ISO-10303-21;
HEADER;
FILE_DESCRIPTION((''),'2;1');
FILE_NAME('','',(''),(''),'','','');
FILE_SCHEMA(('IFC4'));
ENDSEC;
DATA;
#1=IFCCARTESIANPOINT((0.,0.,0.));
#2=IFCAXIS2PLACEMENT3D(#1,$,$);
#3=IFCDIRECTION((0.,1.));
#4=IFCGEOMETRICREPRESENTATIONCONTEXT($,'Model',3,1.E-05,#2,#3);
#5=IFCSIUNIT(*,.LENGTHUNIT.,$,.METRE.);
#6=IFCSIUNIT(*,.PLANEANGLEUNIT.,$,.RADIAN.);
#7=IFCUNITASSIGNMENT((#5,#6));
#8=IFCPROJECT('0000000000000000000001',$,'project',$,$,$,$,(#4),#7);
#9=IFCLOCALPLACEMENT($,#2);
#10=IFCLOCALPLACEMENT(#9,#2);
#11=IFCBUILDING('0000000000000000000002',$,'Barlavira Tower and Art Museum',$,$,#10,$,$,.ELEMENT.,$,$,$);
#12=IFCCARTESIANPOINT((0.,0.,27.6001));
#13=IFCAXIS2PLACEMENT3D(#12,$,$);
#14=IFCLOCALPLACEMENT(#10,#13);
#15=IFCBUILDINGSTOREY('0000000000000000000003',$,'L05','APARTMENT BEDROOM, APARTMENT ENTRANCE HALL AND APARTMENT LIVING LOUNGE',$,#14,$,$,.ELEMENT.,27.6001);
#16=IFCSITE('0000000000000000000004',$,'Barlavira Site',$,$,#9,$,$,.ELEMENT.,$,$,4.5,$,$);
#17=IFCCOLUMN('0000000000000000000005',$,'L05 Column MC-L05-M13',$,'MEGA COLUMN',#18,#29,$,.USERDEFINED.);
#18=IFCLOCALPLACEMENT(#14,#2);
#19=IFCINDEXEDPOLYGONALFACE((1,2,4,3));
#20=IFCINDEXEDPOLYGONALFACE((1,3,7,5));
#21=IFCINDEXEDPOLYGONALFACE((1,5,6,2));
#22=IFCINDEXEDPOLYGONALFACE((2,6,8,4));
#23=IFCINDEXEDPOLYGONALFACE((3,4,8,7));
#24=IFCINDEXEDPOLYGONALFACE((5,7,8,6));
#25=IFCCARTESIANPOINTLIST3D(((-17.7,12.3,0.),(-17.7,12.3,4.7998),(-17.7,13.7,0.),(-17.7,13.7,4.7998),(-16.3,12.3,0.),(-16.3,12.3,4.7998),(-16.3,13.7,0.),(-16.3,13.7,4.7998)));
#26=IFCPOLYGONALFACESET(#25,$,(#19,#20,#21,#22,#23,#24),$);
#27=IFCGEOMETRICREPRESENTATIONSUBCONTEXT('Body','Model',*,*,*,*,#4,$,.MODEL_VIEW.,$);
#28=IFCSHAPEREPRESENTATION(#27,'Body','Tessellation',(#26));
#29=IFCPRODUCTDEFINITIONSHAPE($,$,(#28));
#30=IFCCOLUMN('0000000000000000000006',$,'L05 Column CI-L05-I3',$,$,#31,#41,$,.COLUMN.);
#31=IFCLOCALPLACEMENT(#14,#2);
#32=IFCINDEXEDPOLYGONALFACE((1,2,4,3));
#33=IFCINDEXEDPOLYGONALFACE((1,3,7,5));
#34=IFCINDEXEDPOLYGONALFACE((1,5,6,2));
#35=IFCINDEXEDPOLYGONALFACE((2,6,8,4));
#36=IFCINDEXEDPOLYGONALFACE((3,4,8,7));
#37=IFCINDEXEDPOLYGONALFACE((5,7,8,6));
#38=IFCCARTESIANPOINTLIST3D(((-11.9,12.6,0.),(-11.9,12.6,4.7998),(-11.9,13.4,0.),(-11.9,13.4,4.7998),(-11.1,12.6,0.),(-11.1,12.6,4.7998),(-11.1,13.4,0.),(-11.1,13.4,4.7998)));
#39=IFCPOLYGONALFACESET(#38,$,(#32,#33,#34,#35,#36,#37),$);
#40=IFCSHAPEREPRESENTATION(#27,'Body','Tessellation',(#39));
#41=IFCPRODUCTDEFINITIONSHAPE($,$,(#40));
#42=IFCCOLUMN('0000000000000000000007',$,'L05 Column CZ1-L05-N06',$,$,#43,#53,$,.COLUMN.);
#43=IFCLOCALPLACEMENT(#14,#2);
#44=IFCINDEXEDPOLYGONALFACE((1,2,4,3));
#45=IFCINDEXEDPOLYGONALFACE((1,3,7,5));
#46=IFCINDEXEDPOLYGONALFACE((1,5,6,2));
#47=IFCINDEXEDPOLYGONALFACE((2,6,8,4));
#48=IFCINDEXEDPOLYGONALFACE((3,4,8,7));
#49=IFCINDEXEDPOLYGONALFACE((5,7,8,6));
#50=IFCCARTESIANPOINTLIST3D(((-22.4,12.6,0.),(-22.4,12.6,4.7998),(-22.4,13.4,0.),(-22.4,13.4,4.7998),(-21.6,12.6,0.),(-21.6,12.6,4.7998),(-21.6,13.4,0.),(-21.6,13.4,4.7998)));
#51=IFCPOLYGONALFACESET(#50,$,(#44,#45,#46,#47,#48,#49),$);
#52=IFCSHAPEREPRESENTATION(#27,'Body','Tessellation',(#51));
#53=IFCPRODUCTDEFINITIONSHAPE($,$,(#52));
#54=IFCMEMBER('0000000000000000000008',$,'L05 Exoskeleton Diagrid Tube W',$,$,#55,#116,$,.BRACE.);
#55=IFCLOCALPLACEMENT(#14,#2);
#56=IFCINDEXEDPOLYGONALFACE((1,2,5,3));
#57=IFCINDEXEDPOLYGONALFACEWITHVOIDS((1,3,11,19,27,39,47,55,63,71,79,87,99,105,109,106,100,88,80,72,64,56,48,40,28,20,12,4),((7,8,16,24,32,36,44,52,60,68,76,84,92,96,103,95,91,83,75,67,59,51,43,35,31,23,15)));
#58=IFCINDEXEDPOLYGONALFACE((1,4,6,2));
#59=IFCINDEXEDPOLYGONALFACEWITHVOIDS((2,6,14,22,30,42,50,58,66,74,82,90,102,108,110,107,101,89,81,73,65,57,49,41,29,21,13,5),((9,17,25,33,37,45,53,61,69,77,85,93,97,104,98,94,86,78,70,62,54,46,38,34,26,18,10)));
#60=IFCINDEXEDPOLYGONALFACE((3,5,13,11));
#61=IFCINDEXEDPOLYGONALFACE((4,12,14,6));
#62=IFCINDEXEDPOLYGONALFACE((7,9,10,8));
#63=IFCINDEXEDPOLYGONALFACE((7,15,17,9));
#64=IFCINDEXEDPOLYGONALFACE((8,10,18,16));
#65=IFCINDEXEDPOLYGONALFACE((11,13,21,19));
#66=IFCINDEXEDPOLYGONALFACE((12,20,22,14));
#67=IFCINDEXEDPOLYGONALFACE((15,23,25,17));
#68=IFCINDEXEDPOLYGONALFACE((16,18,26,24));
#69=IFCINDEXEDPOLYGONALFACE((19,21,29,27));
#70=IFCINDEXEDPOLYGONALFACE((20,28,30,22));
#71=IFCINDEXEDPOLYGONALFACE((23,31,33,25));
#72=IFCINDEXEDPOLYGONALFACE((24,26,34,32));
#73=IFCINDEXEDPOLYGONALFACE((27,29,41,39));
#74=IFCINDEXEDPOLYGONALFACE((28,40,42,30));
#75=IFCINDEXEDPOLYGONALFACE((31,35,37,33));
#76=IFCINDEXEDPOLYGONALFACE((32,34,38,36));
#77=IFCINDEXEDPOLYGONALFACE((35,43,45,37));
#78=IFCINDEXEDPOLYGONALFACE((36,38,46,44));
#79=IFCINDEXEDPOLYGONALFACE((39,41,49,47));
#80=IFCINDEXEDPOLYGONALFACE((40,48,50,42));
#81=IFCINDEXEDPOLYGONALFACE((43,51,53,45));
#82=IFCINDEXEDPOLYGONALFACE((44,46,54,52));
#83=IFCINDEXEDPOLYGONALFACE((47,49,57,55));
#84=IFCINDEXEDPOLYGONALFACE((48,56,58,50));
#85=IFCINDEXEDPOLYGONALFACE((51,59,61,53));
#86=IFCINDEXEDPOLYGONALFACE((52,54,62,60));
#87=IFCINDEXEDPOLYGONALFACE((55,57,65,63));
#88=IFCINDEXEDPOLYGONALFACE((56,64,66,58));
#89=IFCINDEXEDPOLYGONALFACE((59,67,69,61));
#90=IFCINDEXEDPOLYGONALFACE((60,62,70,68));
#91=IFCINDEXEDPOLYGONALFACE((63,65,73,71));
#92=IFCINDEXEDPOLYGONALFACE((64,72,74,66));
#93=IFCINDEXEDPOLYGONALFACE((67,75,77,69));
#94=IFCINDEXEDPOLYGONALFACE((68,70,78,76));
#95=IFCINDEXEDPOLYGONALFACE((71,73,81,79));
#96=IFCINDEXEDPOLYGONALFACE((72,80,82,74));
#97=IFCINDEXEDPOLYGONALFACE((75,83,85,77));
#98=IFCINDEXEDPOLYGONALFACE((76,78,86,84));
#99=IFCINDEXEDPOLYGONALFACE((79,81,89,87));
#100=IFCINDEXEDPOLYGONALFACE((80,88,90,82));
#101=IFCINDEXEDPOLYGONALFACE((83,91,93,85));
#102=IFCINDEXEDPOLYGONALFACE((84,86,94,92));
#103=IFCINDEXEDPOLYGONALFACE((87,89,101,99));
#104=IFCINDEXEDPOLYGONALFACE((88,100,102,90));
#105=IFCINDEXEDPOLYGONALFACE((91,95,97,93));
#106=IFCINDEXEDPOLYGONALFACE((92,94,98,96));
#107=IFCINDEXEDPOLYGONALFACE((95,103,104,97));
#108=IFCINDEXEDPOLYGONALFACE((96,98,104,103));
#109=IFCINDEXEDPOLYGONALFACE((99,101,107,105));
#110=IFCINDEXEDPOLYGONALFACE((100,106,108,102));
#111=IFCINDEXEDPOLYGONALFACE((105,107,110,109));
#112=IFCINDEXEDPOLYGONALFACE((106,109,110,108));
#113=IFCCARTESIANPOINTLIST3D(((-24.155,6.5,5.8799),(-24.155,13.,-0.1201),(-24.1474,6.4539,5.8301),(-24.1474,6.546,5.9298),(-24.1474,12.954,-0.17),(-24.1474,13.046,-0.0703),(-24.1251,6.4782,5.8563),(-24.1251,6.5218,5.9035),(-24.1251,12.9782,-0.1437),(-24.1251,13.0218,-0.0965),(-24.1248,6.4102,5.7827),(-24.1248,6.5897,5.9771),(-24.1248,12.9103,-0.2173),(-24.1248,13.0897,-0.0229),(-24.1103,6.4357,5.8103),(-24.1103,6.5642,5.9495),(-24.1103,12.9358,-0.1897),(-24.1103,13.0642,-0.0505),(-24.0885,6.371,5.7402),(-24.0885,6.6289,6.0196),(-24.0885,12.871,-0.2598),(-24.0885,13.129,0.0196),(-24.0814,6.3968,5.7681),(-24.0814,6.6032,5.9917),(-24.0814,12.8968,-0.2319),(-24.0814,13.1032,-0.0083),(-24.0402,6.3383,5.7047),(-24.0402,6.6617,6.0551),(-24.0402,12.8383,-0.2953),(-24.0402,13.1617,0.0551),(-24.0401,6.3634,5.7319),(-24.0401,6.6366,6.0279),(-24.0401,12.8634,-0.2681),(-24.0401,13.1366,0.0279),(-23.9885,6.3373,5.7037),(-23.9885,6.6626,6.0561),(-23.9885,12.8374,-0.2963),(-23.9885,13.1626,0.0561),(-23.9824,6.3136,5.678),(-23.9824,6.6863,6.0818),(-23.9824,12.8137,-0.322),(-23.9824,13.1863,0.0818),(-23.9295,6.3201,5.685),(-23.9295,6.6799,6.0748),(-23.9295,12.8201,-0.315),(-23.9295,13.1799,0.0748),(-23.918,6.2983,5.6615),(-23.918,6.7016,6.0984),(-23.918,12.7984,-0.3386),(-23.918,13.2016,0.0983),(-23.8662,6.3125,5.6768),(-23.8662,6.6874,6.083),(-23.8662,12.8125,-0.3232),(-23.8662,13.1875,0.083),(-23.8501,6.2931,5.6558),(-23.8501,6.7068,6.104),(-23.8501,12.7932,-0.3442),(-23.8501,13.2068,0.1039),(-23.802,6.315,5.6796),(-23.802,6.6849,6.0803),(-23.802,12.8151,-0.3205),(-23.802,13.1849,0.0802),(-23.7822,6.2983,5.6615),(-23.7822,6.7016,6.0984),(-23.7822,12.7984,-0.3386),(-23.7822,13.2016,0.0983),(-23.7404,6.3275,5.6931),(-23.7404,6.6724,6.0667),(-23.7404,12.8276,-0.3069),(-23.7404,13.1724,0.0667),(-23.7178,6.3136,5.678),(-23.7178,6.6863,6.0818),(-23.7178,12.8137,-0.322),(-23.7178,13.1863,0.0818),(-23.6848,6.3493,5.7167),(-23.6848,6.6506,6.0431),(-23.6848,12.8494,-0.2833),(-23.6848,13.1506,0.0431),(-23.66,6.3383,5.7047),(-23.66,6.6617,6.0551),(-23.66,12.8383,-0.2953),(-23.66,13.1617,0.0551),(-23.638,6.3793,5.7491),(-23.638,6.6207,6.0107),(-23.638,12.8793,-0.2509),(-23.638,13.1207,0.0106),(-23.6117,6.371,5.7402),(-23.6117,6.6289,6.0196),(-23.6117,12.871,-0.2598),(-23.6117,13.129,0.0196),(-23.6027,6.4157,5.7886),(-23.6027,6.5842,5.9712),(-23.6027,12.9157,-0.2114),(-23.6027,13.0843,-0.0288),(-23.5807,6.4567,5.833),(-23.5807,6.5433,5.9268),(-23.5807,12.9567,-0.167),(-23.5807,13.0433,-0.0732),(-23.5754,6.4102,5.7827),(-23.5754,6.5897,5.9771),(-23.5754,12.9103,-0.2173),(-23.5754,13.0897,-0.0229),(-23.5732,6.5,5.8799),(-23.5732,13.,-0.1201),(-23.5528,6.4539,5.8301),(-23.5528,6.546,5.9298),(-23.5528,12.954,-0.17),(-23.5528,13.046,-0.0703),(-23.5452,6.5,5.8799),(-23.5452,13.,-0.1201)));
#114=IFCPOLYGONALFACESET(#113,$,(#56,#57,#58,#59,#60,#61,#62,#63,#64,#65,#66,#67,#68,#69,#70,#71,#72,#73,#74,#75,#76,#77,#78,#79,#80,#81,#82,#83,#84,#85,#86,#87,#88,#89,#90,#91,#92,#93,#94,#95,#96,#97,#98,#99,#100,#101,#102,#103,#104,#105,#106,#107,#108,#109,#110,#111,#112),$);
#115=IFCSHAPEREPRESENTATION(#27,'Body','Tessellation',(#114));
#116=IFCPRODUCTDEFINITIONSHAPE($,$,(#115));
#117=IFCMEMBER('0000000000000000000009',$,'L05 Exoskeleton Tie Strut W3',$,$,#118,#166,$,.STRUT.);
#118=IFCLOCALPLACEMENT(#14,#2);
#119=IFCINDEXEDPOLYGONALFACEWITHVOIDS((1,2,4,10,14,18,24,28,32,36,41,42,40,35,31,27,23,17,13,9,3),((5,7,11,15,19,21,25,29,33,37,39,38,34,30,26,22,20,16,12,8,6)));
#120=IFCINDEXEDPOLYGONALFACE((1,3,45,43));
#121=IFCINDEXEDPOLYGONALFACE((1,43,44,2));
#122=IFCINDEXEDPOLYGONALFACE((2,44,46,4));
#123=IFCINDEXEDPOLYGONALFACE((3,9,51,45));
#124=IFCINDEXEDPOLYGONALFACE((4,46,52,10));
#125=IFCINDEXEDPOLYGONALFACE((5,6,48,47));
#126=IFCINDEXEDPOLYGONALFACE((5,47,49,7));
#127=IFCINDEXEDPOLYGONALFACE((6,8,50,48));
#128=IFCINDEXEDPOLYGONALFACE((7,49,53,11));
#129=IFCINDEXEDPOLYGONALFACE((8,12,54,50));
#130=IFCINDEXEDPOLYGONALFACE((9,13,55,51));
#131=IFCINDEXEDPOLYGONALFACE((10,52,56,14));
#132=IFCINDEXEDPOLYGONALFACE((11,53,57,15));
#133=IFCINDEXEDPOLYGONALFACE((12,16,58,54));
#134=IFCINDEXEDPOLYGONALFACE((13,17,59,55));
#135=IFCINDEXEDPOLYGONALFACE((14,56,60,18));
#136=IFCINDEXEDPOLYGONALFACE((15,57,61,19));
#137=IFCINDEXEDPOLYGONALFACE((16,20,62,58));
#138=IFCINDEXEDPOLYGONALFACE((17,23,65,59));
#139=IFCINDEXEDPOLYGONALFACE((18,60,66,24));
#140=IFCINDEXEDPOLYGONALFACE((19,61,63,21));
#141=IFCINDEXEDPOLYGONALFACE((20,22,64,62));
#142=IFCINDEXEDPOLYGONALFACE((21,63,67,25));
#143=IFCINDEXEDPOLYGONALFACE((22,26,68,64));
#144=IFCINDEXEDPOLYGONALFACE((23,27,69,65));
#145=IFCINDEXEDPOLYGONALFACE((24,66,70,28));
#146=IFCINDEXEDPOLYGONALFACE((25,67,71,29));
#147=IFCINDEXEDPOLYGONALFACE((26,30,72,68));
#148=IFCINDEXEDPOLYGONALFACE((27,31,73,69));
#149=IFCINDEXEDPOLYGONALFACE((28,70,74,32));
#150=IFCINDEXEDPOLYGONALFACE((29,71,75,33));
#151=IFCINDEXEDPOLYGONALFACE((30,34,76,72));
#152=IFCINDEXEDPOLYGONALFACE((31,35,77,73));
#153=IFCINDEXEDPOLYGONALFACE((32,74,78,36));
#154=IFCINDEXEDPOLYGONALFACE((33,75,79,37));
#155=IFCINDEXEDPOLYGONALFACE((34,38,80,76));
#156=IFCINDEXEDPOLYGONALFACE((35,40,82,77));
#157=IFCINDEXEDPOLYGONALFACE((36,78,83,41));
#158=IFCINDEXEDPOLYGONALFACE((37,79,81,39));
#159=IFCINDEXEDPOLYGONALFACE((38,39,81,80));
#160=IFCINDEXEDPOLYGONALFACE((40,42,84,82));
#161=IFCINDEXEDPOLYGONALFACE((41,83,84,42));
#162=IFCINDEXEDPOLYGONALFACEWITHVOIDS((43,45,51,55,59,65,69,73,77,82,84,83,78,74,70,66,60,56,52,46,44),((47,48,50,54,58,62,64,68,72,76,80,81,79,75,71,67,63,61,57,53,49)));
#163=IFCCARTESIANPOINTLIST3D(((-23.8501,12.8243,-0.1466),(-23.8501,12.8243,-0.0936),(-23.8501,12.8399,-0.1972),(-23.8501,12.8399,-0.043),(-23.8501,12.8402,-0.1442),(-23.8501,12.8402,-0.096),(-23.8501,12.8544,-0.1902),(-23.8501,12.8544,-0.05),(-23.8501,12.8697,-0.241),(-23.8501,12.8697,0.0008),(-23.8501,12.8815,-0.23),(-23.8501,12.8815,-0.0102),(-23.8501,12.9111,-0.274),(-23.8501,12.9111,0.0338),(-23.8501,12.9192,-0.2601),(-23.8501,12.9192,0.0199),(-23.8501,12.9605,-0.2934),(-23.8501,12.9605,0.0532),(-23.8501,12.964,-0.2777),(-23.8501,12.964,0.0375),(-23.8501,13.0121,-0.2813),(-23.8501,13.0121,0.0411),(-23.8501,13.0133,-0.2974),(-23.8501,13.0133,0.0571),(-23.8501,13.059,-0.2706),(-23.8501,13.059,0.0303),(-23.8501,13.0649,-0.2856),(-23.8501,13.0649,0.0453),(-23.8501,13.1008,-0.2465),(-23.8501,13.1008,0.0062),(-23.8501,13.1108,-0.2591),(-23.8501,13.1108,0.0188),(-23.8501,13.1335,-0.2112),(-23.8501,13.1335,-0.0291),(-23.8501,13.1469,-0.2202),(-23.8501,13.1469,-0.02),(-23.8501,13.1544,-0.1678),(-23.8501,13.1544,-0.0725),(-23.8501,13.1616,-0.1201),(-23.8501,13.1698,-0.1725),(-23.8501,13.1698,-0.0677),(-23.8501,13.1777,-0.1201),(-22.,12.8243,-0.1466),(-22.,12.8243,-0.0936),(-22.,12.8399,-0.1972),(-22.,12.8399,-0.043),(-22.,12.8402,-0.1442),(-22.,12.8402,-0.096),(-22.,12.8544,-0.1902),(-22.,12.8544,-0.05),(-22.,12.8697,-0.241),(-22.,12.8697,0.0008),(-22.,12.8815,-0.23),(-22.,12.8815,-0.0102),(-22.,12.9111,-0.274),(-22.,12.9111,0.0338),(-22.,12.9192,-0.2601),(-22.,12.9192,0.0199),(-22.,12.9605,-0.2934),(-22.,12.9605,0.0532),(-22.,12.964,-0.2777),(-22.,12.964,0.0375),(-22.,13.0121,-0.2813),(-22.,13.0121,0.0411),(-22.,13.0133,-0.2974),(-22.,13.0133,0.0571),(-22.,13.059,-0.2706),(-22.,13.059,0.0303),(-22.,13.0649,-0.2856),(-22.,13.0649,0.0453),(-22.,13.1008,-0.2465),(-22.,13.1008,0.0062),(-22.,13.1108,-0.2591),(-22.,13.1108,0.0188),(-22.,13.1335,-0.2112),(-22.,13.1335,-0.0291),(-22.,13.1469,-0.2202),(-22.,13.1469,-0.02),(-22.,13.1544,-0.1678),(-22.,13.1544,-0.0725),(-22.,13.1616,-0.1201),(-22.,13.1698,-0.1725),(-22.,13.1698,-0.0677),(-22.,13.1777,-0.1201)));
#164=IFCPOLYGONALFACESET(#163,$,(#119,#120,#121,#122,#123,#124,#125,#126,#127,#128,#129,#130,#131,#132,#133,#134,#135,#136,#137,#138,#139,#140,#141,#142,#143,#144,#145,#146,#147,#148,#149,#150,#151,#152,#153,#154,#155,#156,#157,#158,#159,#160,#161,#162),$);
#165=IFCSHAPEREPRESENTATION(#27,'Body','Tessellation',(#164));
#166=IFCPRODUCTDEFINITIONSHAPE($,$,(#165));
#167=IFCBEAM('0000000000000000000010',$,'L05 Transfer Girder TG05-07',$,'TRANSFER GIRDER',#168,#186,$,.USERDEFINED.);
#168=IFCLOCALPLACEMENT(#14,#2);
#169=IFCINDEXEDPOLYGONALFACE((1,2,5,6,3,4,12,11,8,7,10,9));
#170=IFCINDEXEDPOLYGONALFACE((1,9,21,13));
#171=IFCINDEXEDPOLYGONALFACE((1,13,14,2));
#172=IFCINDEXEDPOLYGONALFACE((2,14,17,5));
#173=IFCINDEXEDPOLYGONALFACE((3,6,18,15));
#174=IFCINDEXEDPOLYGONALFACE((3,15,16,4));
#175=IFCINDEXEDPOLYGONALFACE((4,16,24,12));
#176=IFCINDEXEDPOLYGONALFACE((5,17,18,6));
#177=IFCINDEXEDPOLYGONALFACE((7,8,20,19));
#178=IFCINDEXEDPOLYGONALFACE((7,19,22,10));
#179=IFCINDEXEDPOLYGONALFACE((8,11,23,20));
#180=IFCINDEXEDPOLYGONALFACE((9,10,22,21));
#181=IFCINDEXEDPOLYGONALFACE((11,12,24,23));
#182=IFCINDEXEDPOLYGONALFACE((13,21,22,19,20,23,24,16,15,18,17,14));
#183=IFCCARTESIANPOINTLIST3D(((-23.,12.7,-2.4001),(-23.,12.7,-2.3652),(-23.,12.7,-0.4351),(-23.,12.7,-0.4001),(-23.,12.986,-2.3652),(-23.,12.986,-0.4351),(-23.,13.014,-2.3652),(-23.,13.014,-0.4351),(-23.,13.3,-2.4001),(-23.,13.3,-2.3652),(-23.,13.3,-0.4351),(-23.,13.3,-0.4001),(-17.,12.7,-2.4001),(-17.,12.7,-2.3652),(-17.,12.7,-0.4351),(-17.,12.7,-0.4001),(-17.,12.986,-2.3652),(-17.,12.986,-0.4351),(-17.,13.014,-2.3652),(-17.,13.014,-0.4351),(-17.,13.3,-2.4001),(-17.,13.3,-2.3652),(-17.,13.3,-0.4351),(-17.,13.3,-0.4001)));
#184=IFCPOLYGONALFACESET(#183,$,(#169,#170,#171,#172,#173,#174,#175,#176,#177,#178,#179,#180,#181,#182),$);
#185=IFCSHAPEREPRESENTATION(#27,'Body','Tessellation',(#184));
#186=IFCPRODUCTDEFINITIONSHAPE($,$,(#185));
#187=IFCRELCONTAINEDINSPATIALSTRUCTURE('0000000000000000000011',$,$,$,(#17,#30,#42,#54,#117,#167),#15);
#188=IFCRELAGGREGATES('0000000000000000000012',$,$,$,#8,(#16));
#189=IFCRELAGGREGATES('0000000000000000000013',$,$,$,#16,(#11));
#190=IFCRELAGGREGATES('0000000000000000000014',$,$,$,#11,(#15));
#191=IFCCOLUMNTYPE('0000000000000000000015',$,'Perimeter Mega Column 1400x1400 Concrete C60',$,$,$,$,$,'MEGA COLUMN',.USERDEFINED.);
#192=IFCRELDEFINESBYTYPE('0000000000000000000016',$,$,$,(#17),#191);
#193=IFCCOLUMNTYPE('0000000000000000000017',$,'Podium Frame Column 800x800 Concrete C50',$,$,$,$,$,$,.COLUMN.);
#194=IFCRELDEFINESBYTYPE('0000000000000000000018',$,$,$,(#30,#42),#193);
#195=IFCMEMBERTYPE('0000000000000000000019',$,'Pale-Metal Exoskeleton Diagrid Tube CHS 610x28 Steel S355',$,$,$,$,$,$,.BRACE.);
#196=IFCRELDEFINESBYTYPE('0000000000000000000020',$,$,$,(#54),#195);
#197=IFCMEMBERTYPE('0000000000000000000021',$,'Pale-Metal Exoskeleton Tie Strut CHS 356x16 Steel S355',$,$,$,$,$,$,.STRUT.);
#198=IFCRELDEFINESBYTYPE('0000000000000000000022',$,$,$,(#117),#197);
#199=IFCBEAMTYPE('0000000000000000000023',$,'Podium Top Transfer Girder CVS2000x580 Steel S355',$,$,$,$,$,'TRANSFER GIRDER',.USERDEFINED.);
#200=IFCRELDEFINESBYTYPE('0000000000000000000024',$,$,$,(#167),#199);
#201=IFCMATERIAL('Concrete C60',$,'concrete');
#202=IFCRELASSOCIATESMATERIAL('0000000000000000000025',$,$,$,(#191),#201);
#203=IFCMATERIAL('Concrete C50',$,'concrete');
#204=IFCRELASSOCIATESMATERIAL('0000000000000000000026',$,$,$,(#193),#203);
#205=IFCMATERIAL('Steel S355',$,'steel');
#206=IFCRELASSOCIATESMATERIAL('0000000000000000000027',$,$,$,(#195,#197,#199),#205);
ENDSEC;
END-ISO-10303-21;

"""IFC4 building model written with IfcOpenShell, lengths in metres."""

from ifc_helpers import new_model, si_unit, direction, frame, origin, origin_2d, place, context, subcontext, project, spatial, rectangle, hollow_circle, i_section, extrude, material, material_profile, profile_set, type_object, element, save


model = new_model("IFC4")

# Units and contexts
model_context = context("Model", 3, precision=1e-05, world=origin(), true_north=direction((0.0, 1.0)))
body_context = subcontext(model_context, "Body", "Model", "MODEL_VIEW")
ifc_project = project(units=[si_unit("LENGTHUNIT", "METRE"), si_unit("PLANEANGLEUNIT", "RADIAN")], contexts=[model_context])

# Site, building, storey
site_placement = place(None, origin())
site = spatial("IfcSite", under=ifc_project, at=site_placement, Name="Barlavira Site", CompositionType="ELEMENT", RefElevation=4.5)
building_placement = place(site_placement, origin())
building = spatial("IfcBuilding", under=site, at=building_placement, Name="Barlavira Tower and Art Museum", CompositionType="ELEMENT")
storey_placement = place(building_placement, frame((0.0, 0.0, 27.6001)))
storey = spatial("IfcBuildingStorey", under=building, at=storey_placement, Name="L05", Description="APARTMENT BEDROOM, APARTMENT ENTRANCE HALL AND APARTMENT LIVING LOUNGE", CompositionType="ELEMENT", Elevation=27.6001)

# Columns
ifc_material_1 = material(Name="Concrete C60", Category="concrete")
ifc_material_profile_1 = material_profile(ifc_material_1, rectangle(XDim=1.3999, YDim=1.3999, at=origin_2d()), Name="RC-MCOL 1400x1400")
ifc_profile_set_1 = profile_set([ifc_material_profile_1], Name="Concrete C60")
column_type_1 = type_object("IfcColumnType", Name="Perimeter Mega Column 1400x1400 Concrete C60", ElementType="MEGA COLUMN", PredefinedType="USERDEFINED", material=ifc_profile_set_1)
column_placement = place(storey_placement, frame((-17.0, 13.0, 0.0), z_axis=(0.0, 0.0, 1.0), x_axis=(1.0, 0.0, 0.0)))
element("IfcColumn", 1, at=column_placement, inside=storey, type_object=column_type_1, Name="L05 Column MC-L05-M13", ObjectType="MEGA COLUMN", PredefinedType="USERDEFINED", context=body_context, shape_type="SweptSolid", body=[
    extrude(rectangle(XDim=1.3999, YDim=1.3999, at=origin_2d()), origin(), (0.0, 0.0, 1.0), 4.7998),
])
ifc_material_2 = material(Name="Concrete C50", Category="concrete")
ifc_material_profile_2 = material_profile(ifc_material_2, rectangle(XDim=0.8, YDim=0.8, at=origin_2d()), Name="RC-COL 800x800")
ifc_profile_set_2 = profile_set([ifc_material_profile_2], Name="Concrete C50")
column_type_2 = type_object("IfcColumnType", Name="Podium Frame Column 800x800 Concrete C50", PredefinedType="COLUMN", material=ifc_profile_set_2)
for number, where, z_axis, x_axis, name in (
    (2, (-11.5, 13.0, 0.0), (0.0, 0.0, 1.0), (1.0, 0.0, 0.0), "L05 Column CI-L05-I3"),
    (3, (-22.0, 13.0, 0.0), (0.0, 0.0, 1.0), (1.0, 0.0, 0.0), "L05 Column CZ1-L05-N06"),
):
    element("IfcColumn", number, at=place(storey_placement, frame(where, z_axis=z_axis, x_axis=x_axis)), inside=storey, type_object=column_type_2, Name=name, PredefinedType="COLUMN", context=body_context, shape_type="SweptSolid", body=[
        extrude(rectangle(XDim=0.8, YDim=0.8, at=origin_2d()), origin(), (0.0, 0.0, 1.0), 4.7998),
    ])

# Members
ifc_material_3 = material(Name="Steel S355", Category="steel")
ifc_material_profile_3 = material_profile(ifc_material_3, hollow_circle(Radius=0.3049, WallThickness=0.0281, at=origin_2d()), Name="CHS 610.0x28.0")
ifc_profile_set_3 = profile_set([ifc_material_profile_3], Name="Steel S355")
member_type_1 = type_object("IfcMemberType", Name="Pale-Metal Exoskeleton Diagrid Tube CHS 610x28 Steel S355", PredefinedType="BRACE", material=ifc_profile_set_3)
member_1_placement = place(storey_placement, frame((-23.8501, 13.0, -0.1201), z_axis=(0.0, -0.734803, 0.67828), x_axis=(1.0, 0.0, 0.0)))
element("IfcMember", 4, at=member_1_placement, inside=storey, type_object=member_type_1, Name="L05 Exoskeleton Diagrid Tube W", PredefinedType="BRACE", context=body_context, shape_type="SweptSolid", body=[
    extrude(hollow_circle(Radius=0.3049, WallThickness=0.0281, at=origin_2d()), origin(), (0.0, 0.0, 1.0), 8.8459),
])
ifc_material_profile_4 = material_profile(ifc_material_3, hollow_circle(Radius=0.1777, WallThickness=0.0161, at=origin_2d()), Name="CHS 355.6x16.0")
ifc_profile_set_4 = profile_set([ifc_material_profile_4], Name="Steel S355")
member_type_2 = type_object("IfcMemberType", Name="Pale-Metal Exoskeleton Tie Strut CHS 356x16 Steel S355", PredefinedType="STRUT", material=ifc_profile_set_4)
member_2_placement = place(storey_placement, frame((-23.8501, 13.0, -0.1201), z_axis=(1.0, 0.0, 0.0), x_axis=(0.0, 1.0, 0.0)))
element("IfcMember", 5, at=member_2_placement, inside=storey, type_object=member_type_2, Name="L05 Exoskeleton Tie Strut W3", PredefinedType="STRUT", context=body_context, shape_type="SweptSolid", body=[
    extrude(hollow_circle(Radius=0.1777, WallThickness=0.0161, at=origin_2d()), origin(), (0.0, 0.0, 1.0), 1.8501),
])

# Beam
ifc_material_profile_5 = material_profile(ifc_material_3, i_section(OverallWidth=0.6001, OverallDepth=2.0, WebThickness=0.0281, FlangeThickness=0.0349, at=origin_2d()), Name="CVS2000x580")
ifc_profile_set_5 = profile_set([ifc_material_profile_5], Name="Steel S355")
beam_type_1 = type_object("IfcBeamType", Name="Podium Top Transfer Girder CVS2000x580 Steel S355", ElementType="TRANSFER GIRDER", PredefinedType="USERDEFINED", material=ifc_profile_set_5)
beam_1_placement = place(storey_placement, frame((-23.0, 13.0, -1.4001), z_axis=(1.0, 0.0, 0.0), x_axis=(0.0, 1.0, 0.0)))
element("IfcBeam", 6, at=beam_1_placement, inside=storey, type_object=beam_type_1, Name="L05 Transfer Girder TG05-07", ObjectType="TRANSFER GIRDER", PredefinedType="USERDEFINED", context=body_context, shape_type="SweptSolid", body=[
    extrude(i_section(OverallWidth=0.6001, OverallDepth=2.0, WebThickness=0.0281, FlangeThickness=0.0349, at=origin_2d()), origin(), (0.0, 0.0, 1.0), 6.0),
])

save(model, "model.ifc")
